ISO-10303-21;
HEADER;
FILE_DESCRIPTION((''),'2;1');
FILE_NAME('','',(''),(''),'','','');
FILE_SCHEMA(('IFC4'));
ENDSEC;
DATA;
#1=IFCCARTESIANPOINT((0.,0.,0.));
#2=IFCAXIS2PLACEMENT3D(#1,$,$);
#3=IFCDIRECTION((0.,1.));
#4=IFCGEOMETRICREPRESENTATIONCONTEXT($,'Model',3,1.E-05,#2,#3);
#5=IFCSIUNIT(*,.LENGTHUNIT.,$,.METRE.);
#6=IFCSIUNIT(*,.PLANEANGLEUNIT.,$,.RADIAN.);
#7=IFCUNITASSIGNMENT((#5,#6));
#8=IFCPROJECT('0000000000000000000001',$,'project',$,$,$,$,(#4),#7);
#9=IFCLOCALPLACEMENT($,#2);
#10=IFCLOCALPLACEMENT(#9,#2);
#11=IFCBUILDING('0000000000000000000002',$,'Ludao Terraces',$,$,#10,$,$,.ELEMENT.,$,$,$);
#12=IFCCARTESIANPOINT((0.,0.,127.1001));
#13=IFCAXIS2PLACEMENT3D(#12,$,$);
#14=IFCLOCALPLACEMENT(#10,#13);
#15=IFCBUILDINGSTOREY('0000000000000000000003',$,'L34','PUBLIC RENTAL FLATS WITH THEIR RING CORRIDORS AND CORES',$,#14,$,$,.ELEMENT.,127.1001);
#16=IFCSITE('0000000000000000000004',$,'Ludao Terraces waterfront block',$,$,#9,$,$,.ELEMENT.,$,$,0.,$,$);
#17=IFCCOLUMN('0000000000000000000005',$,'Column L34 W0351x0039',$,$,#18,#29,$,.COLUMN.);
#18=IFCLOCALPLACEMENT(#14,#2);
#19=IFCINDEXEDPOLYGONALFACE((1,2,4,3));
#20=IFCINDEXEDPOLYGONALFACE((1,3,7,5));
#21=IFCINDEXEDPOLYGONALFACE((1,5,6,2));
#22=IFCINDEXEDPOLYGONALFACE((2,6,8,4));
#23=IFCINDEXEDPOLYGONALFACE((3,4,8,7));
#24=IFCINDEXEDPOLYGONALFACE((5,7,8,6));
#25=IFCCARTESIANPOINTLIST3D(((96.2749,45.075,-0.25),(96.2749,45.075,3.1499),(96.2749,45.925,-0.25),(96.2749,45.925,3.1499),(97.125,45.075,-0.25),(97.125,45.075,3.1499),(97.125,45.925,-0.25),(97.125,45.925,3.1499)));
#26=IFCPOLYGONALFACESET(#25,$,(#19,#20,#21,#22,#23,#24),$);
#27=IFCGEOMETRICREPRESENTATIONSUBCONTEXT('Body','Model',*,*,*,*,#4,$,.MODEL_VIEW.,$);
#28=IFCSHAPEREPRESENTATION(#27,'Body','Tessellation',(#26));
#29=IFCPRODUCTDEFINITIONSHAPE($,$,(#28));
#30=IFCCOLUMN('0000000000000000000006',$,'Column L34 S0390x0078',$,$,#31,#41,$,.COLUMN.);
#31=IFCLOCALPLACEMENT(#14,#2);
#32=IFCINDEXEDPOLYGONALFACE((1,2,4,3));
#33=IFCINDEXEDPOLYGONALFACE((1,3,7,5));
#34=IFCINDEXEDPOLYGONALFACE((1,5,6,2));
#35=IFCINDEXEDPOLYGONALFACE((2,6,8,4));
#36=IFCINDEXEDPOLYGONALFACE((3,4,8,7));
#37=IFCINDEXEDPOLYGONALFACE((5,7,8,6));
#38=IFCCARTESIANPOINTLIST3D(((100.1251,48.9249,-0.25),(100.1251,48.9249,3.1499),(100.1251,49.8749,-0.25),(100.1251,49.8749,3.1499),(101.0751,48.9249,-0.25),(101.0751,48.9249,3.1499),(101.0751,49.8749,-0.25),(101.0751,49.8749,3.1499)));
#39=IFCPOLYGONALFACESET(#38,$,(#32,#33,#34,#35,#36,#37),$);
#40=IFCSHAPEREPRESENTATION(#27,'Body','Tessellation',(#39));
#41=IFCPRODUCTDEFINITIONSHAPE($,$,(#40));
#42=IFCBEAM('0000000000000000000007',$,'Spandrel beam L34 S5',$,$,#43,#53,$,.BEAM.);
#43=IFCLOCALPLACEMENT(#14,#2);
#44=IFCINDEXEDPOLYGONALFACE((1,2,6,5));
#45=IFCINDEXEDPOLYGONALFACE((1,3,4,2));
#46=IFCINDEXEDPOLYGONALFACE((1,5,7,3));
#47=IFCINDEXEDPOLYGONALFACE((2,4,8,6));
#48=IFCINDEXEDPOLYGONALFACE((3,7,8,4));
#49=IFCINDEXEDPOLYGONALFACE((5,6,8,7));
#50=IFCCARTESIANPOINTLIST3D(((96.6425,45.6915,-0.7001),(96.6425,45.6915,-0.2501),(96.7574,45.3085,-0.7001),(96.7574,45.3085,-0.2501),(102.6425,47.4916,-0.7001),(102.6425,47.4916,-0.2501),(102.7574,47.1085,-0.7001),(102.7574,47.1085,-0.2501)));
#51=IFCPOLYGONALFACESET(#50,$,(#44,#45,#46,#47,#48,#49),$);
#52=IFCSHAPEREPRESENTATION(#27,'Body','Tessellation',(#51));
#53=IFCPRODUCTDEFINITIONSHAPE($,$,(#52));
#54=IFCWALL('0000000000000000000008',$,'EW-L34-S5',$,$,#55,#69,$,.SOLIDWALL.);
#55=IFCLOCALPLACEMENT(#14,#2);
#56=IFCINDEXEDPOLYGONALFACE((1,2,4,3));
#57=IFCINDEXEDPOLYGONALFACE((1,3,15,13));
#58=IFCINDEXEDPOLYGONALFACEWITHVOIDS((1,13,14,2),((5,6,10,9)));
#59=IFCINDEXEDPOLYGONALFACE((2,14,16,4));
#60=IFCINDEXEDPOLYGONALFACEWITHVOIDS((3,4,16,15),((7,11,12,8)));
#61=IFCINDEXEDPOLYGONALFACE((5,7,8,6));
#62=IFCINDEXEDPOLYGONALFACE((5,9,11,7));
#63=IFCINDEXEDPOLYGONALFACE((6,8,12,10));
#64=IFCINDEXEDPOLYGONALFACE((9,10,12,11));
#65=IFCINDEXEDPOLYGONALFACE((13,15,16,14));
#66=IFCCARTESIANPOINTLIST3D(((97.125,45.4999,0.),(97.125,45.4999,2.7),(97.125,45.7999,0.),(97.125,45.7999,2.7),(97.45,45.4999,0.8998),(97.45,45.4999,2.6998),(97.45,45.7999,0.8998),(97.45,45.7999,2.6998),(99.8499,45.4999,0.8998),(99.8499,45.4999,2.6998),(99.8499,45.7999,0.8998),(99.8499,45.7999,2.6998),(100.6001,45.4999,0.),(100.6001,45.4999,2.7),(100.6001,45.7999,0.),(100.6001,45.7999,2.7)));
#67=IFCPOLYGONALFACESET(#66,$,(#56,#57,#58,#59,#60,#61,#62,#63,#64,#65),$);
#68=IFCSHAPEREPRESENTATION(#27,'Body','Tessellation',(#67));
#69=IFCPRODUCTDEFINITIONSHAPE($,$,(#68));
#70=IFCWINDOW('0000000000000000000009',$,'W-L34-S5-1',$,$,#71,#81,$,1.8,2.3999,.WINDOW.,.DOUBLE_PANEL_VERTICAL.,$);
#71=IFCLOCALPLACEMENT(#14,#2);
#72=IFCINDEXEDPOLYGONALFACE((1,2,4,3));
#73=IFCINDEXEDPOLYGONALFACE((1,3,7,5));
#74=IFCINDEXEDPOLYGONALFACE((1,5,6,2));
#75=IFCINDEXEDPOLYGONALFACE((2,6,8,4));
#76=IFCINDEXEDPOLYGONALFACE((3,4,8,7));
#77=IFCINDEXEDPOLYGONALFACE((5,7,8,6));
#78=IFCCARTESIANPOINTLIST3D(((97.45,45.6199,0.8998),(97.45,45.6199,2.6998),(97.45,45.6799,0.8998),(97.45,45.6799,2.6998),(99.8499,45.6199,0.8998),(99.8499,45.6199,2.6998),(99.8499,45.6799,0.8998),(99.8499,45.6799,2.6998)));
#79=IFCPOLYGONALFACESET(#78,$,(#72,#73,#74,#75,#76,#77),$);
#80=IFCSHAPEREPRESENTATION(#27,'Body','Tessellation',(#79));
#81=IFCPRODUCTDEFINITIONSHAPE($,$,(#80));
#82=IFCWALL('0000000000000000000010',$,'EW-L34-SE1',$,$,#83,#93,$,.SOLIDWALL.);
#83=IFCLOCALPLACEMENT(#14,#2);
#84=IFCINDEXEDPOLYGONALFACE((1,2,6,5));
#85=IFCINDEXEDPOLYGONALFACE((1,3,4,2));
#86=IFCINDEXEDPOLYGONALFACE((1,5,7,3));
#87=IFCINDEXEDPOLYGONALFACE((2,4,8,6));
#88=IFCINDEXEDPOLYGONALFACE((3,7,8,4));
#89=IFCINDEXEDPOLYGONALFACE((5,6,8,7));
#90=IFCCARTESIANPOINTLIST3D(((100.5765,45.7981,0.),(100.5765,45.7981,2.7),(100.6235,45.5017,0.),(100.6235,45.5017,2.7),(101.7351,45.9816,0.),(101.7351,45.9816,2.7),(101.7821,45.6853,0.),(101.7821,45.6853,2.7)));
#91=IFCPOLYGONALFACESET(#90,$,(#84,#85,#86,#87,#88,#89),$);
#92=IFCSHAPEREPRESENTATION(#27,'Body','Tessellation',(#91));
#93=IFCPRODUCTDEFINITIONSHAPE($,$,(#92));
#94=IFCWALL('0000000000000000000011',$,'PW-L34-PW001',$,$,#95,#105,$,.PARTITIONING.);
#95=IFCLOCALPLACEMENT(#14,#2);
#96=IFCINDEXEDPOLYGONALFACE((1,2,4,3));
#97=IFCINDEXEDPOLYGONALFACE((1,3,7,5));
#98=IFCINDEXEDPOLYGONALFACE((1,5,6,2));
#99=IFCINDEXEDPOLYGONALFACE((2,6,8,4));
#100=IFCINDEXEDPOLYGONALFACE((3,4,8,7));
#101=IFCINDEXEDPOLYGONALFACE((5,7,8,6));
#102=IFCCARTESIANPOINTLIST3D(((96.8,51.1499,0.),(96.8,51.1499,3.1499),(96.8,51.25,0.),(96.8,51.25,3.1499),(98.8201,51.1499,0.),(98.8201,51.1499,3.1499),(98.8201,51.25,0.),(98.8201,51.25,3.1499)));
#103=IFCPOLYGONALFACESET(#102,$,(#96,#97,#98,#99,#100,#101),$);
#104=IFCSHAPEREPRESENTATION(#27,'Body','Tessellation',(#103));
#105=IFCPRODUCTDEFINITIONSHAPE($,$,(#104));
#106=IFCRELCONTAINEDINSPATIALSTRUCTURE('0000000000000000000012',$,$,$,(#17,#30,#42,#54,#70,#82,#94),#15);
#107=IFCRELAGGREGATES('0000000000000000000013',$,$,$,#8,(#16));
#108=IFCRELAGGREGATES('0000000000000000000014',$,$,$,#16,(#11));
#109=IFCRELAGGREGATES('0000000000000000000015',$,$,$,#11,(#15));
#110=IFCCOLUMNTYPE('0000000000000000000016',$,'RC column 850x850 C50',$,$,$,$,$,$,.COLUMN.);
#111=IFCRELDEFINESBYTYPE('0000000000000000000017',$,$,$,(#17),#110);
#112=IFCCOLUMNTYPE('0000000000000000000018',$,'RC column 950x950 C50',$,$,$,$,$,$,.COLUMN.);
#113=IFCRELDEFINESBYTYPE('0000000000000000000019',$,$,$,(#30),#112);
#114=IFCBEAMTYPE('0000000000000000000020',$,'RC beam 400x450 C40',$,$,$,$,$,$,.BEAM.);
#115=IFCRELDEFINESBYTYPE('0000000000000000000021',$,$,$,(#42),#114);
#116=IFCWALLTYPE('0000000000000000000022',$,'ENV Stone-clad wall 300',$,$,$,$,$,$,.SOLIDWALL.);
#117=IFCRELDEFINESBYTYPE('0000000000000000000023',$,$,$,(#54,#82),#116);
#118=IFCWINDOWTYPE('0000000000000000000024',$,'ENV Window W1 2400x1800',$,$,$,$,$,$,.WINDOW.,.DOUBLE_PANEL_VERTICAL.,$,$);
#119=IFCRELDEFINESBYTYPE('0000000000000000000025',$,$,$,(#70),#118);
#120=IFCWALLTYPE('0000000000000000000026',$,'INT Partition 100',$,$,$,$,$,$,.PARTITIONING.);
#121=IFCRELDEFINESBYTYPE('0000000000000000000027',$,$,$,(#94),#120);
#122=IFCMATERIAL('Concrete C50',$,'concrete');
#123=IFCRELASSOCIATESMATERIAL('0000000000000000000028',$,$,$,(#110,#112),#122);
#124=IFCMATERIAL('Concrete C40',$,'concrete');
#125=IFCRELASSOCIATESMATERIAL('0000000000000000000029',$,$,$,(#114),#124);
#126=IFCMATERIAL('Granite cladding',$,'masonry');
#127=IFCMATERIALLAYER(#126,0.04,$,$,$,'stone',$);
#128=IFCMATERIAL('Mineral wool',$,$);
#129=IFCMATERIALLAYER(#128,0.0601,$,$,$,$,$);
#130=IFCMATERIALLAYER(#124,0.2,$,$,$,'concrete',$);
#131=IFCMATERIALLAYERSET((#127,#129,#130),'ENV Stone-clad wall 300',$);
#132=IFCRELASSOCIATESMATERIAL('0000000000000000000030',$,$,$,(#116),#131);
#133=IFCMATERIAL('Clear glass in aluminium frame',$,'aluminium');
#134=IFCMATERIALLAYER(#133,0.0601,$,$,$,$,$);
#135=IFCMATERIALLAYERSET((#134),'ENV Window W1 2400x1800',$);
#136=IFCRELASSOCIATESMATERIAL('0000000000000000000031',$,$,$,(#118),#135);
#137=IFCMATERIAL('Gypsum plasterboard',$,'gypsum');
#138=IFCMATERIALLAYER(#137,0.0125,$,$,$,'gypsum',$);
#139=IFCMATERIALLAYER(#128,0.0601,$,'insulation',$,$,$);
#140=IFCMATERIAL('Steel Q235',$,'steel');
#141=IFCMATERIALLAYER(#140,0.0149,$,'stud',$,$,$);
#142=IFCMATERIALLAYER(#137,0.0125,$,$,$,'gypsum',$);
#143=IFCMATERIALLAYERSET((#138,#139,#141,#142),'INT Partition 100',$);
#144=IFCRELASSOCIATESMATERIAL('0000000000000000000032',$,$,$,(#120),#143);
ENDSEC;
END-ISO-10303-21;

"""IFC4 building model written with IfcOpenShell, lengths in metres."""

from ifc_helpers import new_model, si_unit, direction, frame, frame_2d, origin, origin_2d, place, context, subcontext, project, spatial, rectangle, extrude, material, layer, layer_set, material_profile, profile_set, type_object, element, fill, save


model = new_model("IFC4")

# Units and contexts
model_context = context("Model", 3, precision=1e-05, world=origin(), true_north=direction((0.0, 1.0)))
body_context = subcontext(model_context, "Body", "Model", "MODEL_VIEW")
ifc_project = project(units=[si_unit("LENGTHUNIT", "METRE"), si_unit("PLANEANGLEUNIT", "RADIAN")], contexts=[model_context])

# Site, building, storey
site_placement = place(None, origin())
site = spatial("IfcSite", under=ifc_project, at=site_placement, Name="Ludao Terraces waterfront block", CompositionType="ELEMENT", RefElevation=0.0)
building_placement = place(site_placement, origin())
building = spatial("IfcBuilding", under=site, at=building_placement, Name="Ludao Terraces", CompositionType="ELEMENT")
storey_placement = place(building_placement, frame((0.0, 0.0, 127.1001)))
storey = spatial("IfcBuildingStorey", under=building, at=storey_placement, Name="L34", Description="PUBLIC RENTAL FLATS WITH THEIR RING CORRIDORS AND CORES", CompositionType="ELEMENT", Elevation=127.1001)

# Columns
ifc_material_1 = material(Name="Concrete C50", Category="concrete")
ifc_material_profile_1 = material_profile(ifc_material_1, rectangle(XDim=0.8501, YDim=0.8501, at=origin_2d()), Name="850 X 850")
ifc_profile_set_1 = profile_set([ifc_material_profile_1], Name="Concrete C50")
column_type_1 = type_object("IfcColumnType", Name="RC column 850x850 C50", PredefinedType="COLUMN", material=ifc_profile_set_1)
column_1_placement = place(storey_placement, frame((96.7, 45.5, -0.25), z_axis=(0.0, 0.0, 1.0), x_axis=(1.0, 0.0, 0.0)))
element("IfcColumn", 1, at=column_1_placement, inside=storey, type_object=column_type_1, Name="Column L34 W0351x0039", PredefinedType="COLUMN", context=body_context, shape_type="SweptSolid", body=[
    extrude(rectangle(XDim=0.8501, YDim=0.8501, at=origin_2d()), origin(), (0.0, 0.0, 1.0), 3.3999),
])
ifc_material_profile_2 = material_profile(ifc_material_1, rectangle(XDim=0.95, YDim=0.95, at=origin_2d()), Name="950 X 950")
ifc_profile_set_2 = profile_set([ifc_material_profile_2], Name="Concrete C50")
column_type_2 = type_object("IfcColumnType", Name="RC column 950x950 C50", PredefinedType="COLUMN", material=ifc_profile_set_2)
column_2_placement = place(storey_placement, frame((100.6001, 49.3999, -0.25), z_axis=(0.0, 0.0, 1.0), x_axis=(1.0, 0.0, 0.0)))
element("IfcColumn", 2, at=column_2_placement, inside=storey, type_object=column_type_2, Name="Column L34 S0390x0078", PredefinedType="COLUMN", context=body_context, shape_type="SweptSolid", body=[
    extrude(rectangle(XDim=0.95, YDim=0.95, at=origin_2d()), origin(), (0.0, 0.0, 1.0), 3.3999),
])

# Beam
ifc_material_2 = material(Name="Concrete C40", Category="concrete")
ifc_material_profile_3 = material_profile(ifc_material_2, rectangle(XDim=0.3999, YDim=0.45, at=origin_2d()), Name="400 X 450")
ifc_profile_set_3 = profile_set([ifc_material_profile_3], Name="Concrete C40")
beam_type = type_object("IfcBeamType", Name="RC beam 400x450 C40", PredefinedType="BEAM", material=ifc_profile_set_3)
beam_placement = place(storey_placement, frame((96.7, 45.5, -0.4751), z_axis=(0.957824, 0.287355, 0.0), x_axis=(-0.287355, 0.957824, 0.0)))
element("IfcBeam", 3, at=beam_placement, inside=storey, type_object=beam_type, Name="Spandrel beam L34 S5", PredefinedType="BEAM", context=body_context, shape_type="SweptSolid", body=[
    extrude(rectangle(XDim=0.3999, YDim=0.45, at=origin_2d()), origin(), (0.0, 0.0, 1.0), 6.2642),
])

# Wall, opening, window
ifc_material_3 = material(Name="Granite cladding", Category="masonry")
ifc_layer_1 = layer(ifc_material_3, 0.04, Category="stone")
ifc_material_4 = material(Name="Mineral wool")
ifc_layer_2 = layer(ifc_material_4, 0.0601)
ifc_layer_3 = layer(ifc_material_2, 0.2, Category="concrete")
ifc_layer_set_1 = layer_set([ifc_layer_1, ifc_layer_2, ifc_layer_3], Name="ENV Stone-clad wall 300")
wall_type_1 = type_object("IfcWallType", Name="ENV Stone-clad wall 300", PredefinedType="SOLIDWALL", material=ifc_layer_set_1)
wall_1_placement = place(storey_placement, frame((97.125, 45.6499, 0.0), z_axis=(0.0, 0.0, 1.0), x_axis=(1.0, 0.0, 0.0)))
wall_1 = element("IfcWall", 4, at=wall_1_placement, inside=storey, type_object=wall_type_1, Name="EW-L34-S5", PredefinedType="SOLIDWALL", context=body_context, shape_type="SweptSolid", body=[
    extrude(rectangle(XDim=3.4751, YDim=0.3, at=frame_2d((1.7375, 0.0))), origin(), (0.0, 0.0, 1.0), 2.7),
])
opening_1_placement = place(wall_1_placement, frame((0.325, 0.0, 0.8999)))
opening_1 = element("IfcOpeningElement", 5, at=opening_1_placement, cuts=wall_1, PredefinedType="OPENING", context=body_context, shape_type="SweptSolid", body=[
    extrude(rectangle(XDim=2.3999, YDim=1.8, at=frame_2d((1.2, 0.8999))), frame((0.0, 0.1602, 0.0), z_axis=(0.0, -1.0, 0.0), x_axis=(1.0, 0.0, 0.0)), (0.0, 0.0, 1.0), 0.3201),
])
ifc_material_5 = material(Name="Clear glass in aluminium frame", Category="aluminium")
ifc_layer_4 = layer(ifc_material_5, 0.0601)
ifc_layer_set_2 = layer_set([ifc_layer_4], Name="ENV Window W1 2400x1800")
window_type = type_object("IfcWindowType", Name="ENV Window W1 2400x1800", PartitioningType="DOUBLE_PANEL_VERTICAL", PredefinedType="WINDOW", material=ifc_layer_set_2)
window_placement = place(opening_1_placement, origin())
window = element("IfcWindow", 6, at=window_placement, inside=storey, type_object=window_type, Name="W-L34-S5-1", OverallHeight=1.8, OverallWidth=2.3999, PartitioningType="DOUBLE_PANEL_VERTICAL", PredefinedType="WINDOW", context=body_context, shape_type="SweptSolid", body=[
    extrude(rectangle(XDim=2.3999, YDim=1.8, at=frame_2d((1.2, 0.8999))), frame((0.0, 0.03, 0.0), z_axis=(0.0, -1.0, 0.0), x_axis=(1.0, 0.0, 0.0)), (0.0, 0.0, 1.0), 0.0601),
])
fill(opening_1, window)

# Walls
wall_2_placement = place(storey_placement, frame((100.6001, 45.6499, 0.0), z_axis=(0.0, 0.0, 1.0), x_axis=(0.987678, 0.156497, 0.0)))
element("IfcWall", 7, at=wall_2_placement, inside=storey, type_object=wall_type_1, Name="EW-L34-SE1", PredefinedType="SOLIDWALL", context=body_context, shape_type="SweptSolid", body=[
    extrude(rectangle(XDim=1.1731, YDim=0.3, at=frame_2d((0.5864, 0.0))), origin(), (0.0, 0.0, 1.0), 2.7),
])
ifc_material_6 = material(Name="Gypsum plasterboard", Category="gypsum")
ifc_layer_5 = layer(ifc_material_6, 0.0125, Category="gypsum")
ifc_layer_6 = layer(ifc_material_4, 0.0601, Name="insulation")
ifc_material_7 = material(Name="Steel Q235", Category="steel")
ifc_layer_7 = layer(ifc_material_7, 0.0149, Name="stud")
ifc_layer_8 = layer(ifc_material_6, 0.0125, Category="gypsum")
ifc_layer_set_3 = layer_set([ifc_layer_5, ifc_layer_6, ifc_layer_7, ifc_layer_8], Name="INT Partition 100")
wall_type_2 = type_object("IfcWallType", Name="INT Partition 100", PredefinedType="PARTITIONING", material=ifc_layer_set_3)
wall_3_placement = place(storey_placement, frame((96.8, 51.2, 0.0), z_axis=(0.0, 0.0, 1.0), x_axis=(1.0, 0.0, 0.0)))
element("IfcWall", 8, at=wall_3_placement, inside=storey, type_object=wall_type_2, Name="PW-L34-PW001", PredefinedType="PARTITIONING", context=body_context, shape_type="SweptSolid", body=[
    extrude(rectangle(XDim=2.02, YDim=0.1001, at=frame_2d((1.01, 0.0))), origin(), (0.0, 0.0, 1.0), 3.1499),
])

save(model, "model.ifc")
